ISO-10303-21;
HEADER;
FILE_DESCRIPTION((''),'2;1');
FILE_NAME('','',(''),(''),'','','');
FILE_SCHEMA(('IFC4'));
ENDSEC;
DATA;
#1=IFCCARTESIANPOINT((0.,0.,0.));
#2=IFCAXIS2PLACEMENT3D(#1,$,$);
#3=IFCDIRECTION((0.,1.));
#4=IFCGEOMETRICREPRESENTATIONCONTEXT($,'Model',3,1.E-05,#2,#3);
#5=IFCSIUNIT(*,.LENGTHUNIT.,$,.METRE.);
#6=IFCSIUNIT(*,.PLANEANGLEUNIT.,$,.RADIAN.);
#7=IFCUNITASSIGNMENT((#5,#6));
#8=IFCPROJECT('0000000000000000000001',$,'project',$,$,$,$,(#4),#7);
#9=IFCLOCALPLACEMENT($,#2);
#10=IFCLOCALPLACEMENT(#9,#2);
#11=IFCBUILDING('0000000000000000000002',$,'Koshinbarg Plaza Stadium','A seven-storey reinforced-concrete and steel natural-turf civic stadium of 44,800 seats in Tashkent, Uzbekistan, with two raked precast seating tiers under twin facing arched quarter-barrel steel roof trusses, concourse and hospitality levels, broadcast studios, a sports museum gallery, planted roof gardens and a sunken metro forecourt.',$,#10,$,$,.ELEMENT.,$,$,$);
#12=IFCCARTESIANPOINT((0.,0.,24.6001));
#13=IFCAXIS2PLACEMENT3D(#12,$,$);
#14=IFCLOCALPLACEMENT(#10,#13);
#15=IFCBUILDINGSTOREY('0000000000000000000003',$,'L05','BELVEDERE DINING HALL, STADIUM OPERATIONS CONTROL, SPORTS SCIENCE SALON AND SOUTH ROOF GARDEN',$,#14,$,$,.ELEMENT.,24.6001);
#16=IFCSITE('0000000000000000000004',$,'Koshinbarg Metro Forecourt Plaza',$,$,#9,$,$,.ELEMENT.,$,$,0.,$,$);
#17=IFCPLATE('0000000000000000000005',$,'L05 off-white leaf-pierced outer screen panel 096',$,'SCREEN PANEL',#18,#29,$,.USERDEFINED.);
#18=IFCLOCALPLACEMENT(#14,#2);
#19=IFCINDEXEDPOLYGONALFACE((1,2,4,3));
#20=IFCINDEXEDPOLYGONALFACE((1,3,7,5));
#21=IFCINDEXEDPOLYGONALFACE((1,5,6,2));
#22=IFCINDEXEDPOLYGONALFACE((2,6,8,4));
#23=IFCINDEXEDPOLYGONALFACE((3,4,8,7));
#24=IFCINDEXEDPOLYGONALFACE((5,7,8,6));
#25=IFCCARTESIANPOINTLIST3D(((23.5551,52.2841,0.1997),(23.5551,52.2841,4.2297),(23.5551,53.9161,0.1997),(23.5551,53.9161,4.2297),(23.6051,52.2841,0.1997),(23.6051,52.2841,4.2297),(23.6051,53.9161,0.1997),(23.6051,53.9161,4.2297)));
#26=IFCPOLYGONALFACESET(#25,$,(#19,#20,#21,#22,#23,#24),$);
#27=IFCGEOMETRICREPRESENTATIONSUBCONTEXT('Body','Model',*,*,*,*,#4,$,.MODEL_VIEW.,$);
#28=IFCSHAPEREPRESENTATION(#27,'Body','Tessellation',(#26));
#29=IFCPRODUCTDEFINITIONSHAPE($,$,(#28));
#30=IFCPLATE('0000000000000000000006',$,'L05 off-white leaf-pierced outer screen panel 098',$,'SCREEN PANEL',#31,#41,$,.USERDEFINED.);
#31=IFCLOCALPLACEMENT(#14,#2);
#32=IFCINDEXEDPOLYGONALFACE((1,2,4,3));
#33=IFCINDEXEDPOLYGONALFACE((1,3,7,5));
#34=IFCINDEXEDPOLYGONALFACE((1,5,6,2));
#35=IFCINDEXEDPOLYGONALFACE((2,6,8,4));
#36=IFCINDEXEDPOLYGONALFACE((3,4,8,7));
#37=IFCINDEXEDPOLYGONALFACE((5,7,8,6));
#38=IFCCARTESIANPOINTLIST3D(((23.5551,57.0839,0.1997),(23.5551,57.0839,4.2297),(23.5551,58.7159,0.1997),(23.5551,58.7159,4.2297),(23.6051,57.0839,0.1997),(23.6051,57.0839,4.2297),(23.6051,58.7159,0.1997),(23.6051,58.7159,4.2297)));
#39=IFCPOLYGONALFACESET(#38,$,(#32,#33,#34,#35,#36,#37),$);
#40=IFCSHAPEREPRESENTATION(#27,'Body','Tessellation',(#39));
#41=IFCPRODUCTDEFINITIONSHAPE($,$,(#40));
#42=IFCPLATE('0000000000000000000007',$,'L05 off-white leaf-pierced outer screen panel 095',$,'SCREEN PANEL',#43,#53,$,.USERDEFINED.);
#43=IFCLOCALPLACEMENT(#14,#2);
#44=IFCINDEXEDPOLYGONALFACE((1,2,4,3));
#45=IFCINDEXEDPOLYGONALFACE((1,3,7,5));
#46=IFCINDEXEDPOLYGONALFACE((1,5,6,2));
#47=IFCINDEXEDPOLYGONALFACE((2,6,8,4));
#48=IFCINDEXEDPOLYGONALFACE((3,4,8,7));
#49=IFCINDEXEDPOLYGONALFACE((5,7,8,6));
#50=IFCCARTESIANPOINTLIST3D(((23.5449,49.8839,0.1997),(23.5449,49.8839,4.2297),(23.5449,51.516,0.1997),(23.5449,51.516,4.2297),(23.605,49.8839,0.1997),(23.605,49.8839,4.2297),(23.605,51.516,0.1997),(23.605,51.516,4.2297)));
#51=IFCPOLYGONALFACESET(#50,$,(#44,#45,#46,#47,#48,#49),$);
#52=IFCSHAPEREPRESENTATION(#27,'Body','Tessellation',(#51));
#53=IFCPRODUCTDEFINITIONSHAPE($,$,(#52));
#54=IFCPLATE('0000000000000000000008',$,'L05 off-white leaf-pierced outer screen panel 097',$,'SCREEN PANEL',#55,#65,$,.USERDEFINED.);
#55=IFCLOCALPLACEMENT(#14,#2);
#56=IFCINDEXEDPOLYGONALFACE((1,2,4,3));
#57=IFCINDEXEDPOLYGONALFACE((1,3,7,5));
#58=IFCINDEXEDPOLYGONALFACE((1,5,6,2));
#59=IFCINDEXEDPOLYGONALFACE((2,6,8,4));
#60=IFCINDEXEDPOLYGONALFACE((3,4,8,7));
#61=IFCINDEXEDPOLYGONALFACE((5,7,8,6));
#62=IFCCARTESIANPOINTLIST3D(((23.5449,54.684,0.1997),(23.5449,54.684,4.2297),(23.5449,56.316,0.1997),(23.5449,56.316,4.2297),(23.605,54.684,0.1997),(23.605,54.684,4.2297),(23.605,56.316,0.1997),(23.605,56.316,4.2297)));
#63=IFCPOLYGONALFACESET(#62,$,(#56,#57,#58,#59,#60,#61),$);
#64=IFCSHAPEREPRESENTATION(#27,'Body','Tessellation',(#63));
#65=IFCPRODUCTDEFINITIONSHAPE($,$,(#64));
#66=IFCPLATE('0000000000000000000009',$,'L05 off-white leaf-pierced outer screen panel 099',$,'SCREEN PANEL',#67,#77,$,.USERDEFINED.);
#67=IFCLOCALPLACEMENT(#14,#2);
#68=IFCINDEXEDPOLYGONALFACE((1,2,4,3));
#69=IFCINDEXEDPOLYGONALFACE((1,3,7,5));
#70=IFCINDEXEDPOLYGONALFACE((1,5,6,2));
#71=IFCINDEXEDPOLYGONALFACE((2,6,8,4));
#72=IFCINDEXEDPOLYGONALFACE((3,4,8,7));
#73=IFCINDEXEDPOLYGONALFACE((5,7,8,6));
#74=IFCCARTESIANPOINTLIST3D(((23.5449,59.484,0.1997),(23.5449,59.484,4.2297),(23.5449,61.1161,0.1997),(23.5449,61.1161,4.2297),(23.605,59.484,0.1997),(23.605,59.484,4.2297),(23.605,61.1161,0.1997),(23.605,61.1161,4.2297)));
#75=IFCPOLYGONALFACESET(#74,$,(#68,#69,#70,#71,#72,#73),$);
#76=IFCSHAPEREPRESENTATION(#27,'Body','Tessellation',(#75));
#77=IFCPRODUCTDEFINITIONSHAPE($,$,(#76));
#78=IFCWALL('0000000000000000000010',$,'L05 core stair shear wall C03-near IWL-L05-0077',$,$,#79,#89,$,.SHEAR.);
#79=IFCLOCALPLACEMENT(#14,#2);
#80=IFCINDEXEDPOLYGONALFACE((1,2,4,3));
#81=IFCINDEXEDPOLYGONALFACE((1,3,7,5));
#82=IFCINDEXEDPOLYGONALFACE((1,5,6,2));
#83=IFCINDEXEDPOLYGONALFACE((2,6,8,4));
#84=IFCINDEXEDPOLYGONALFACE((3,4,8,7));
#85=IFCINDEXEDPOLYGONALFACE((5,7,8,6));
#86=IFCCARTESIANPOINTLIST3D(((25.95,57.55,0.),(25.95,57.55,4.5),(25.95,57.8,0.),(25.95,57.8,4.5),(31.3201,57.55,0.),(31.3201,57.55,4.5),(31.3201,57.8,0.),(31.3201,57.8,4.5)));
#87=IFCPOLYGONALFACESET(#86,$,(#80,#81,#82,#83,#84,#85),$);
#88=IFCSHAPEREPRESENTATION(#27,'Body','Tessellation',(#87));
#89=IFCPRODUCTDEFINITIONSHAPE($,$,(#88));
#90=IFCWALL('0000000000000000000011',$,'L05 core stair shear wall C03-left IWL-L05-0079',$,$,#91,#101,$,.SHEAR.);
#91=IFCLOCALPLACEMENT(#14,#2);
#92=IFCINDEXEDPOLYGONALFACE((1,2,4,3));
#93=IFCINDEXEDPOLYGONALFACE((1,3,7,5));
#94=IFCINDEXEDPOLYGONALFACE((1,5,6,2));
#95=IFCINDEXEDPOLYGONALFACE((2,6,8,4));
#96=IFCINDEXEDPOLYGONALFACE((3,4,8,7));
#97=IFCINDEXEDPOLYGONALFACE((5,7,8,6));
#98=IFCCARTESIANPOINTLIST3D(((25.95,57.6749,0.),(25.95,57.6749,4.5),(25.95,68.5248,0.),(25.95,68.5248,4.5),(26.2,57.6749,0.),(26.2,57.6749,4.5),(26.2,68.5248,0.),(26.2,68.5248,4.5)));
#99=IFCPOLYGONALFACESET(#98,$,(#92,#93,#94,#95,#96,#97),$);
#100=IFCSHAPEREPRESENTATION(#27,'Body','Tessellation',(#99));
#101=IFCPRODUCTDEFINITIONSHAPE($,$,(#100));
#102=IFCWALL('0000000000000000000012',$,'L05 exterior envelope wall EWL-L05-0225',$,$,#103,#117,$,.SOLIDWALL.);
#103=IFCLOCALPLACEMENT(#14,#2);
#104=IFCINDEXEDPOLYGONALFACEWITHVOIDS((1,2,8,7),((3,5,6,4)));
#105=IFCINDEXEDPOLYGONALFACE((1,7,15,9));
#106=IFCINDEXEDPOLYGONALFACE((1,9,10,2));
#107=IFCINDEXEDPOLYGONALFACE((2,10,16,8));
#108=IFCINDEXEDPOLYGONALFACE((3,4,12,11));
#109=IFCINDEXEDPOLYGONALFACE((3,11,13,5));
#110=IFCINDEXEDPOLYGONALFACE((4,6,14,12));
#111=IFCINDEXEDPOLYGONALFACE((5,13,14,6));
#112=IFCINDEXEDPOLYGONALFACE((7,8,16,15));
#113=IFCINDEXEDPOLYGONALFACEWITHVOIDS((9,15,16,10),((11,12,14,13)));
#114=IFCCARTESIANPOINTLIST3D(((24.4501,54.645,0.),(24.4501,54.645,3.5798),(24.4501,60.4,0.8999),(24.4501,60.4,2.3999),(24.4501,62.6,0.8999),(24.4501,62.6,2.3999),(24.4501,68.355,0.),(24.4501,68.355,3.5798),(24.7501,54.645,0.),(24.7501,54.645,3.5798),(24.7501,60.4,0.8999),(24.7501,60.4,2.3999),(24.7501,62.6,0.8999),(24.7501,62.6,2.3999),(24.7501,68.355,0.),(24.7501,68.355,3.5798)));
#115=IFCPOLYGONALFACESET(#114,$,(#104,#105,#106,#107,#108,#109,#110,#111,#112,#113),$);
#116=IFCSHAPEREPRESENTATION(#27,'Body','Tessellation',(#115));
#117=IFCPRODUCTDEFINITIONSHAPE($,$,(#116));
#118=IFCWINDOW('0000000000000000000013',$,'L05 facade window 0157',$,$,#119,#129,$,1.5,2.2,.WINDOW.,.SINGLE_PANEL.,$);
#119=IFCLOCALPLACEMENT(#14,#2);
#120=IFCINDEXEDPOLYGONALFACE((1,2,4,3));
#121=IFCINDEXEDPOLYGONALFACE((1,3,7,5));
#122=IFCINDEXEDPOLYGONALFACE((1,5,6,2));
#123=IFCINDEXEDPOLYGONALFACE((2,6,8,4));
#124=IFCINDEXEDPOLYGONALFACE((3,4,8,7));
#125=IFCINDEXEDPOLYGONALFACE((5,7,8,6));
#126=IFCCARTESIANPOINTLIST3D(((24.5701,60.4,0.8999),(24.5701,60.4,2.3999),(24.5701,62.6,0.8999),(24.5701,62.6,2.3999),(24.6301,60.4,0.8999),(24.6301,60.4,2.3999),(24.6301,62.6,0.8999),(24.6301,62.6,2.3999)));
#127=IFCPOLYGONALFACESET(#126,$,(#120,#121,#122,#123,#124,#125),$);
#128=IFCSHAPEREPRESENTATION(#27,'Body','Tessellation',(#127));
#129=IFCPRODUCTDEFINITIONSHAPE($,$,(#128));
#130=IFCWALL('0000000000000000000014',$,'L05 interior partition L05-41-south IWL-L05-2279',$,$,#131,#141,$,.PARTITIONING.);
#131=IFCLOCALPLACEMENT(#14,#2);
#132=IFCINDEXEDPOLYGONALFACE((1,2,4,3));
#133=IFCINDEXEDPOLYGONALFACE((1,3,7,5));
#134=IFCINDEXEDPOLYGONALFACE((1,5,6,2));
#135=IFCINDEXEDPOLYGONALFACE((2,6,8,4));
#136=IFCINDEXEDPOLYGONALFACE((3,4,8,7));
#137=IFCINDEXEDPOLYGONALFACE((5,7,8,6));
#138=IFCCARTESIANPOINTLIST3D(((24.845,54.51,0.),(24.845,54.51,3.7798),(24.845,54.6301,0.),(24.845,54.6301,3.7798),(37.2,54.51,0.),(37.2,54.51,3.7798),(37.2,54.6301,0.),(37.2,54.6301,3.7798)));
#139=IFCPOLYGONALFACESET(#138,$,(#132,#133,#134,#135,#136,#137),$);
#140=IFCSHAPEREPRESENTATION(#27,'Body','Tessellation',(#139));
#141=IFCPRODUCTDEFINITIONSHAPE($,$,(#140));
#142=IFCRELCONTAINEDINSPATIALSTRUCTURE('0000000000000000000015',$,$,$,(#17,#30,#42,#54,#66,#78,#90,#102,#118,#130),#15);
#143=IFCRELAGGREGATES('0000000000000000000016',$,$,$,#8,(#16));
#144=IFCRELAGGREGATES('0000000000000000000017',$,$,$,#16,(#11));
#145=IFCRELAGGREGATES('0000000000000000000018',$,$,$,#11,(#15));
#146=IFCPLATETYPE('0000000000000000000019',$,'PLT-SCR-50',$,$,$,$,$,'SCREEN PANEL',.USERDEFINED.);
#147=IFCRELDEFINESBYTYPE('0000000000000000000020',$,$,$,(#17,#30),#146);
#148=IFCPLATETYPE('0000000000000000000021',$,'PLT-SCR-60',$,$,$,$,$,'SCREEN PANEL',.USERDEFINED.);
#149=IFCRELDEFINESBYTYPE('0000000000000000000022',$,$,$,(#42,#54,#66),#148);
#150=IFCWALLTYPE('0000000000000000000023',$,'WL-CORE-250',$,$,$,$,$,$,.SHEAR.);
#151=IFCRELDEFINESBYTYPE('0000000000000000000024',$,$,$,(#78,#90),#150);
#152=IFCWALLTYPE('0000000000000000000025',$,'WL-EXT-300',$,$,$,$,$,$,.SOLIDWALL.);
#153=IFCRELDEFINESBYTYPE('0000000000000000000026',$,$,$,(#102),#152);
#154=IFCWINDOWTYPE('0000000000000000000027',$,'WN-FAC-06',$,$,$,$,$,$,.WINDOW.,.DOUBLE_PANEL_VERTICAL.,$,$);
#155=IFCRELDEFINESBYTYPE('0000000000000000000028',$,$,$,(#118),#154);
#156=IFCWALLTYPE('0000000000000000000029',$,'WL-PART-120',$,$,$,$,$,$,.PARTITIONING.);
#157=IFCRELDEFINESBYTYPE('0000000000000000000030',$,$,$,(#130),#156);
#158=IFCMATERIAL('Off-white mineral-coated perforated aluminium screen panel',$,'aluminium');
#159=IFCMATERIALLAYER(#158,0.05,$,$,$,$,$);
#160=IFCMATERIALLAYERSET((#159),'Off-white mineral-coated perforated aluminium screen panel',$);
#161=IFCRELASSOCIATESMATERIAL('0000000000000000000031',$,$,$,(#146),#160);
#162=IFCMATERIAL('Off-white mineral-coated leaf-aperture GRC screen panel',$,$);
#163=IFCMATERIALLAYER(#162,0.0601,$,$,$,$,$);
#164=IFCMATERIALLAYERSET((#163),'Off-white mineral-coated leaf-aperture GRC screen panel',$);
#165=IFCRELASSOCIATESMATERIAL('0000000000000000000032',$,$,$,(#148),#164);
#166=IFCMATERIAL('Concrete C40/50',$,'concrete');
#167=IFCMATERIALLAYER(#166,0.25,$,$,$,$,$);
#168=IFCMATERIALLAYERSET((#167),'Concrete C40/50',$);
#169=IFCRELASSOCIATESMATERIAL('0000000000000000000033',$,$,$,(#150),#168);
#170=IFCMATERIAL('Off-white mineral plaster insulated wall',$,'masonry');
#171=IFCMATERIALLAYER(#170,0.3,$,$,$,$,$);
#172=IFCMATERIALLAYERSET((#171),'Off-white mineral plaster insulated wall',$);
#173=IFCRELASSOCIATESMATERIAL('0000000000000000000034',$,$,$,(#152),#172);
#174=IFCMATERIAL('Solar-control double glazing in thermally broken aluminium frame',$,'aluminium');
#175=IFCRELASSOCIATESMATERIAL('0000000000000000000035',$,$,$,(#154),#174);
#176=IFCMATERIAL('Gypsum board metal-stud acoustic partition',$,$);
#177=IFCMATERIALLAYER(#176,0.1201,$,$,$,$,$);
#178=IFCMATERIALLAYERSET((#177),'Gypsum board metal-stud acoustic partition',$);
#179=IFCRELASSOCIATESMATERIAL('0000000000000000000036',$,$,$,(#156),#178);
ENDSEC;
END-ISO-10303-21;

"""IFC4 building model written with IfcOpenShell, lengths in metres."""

from ifc_helpers import new_model, si_unit, direction, frame, frame_2d, origin, origin_2d, place, context, subcontext, project, spatial, rectangle, extrude, material, layer, layer_set, type_object, element, fill, save


model = new_model("IFC4")

# Units and contexts
model_context = context("Model", 3, precision=1e-05, world=origin(), true_north=direction((0.0, 1.0)))
body_context = subcontext(model_context, "Body", "Model", "MODEL_VIEW")
ifc_project = project(units=[si_unit("LENGTHUNIT", "METRE"), si_unit("PLANEANGLEUNIT", "RADIAN")], contexts=[model_context])

# Site, building, storey
site_placement = place(None, origin())
site = spatial("IfcSite", under=ifc_project, at=site_placement, Name="Koshinbarg Metro Forecourt Plaza", CompositionType="ELEMENT", RefElevation=0.0)
building_placement = place(site_placement, origin())
building = spatial("IfcBuilding", under=site, at=building_placement, Name="Koshinbarg Plaza Stadium", Description="A seven-storey reinforced-concrete and steel natural-turf civic stadium of 44,800 seats in Tashkent, Uzbekistan, with two raked precast seating tiers under twin facing arched quarter-barrel steel roof trusses, concourse and hospitality levels, broadcast studios, a sports museum gallery, planted roof gardens and a sunken metro forecourt.", CompositionType="ELEMENT")
storey_placement = place(building_placement, frame((0.0, 0.0, 24.6001)))
storey = spatial("IfcBuildingStorey", under=building, at=storey_placement, Name="L05", Description="BELVEDERE DINING HALL, STADIUM OPERATIONS CONTROL, SPORTS SCIENCE SALON AND SOUTH ROOF GARDEN", CompositionType="ELEMENT", Elevation=24.6001)

# Shared definitions
ifc_material_1 = material(Name="Concrete C40/50", Category="concrete")

# Plates
ifc_material_2 = material(Name="Off-white mineral-coated perforated aluminium screen panel", Category="aluminium")
ifc_layer_1 = layer(ifc_material_2, 0.05)
ifc_layer_set_1 = layer_set([ifc_layer_1], Name="Off-white mineral-coated perforated aluminium screen panel")
plate_type_1 = type_object("IfcPlateType", Name="PLT-SCR-50", ElementType="SCREEN PANEL", PredefinedType="USERDEFINED", material=ifc_layer_set_1)
for number, where, z_axis, x_axis, name in (
    (1, (23.5801, 53.1001, 0.1997), (0.0, 0.0, 1.0), (1.0, 0.0, 0.0), "L05 off-white leaf-pierced outer screen panel 096"),
    (2, (23.5801, 57.8999, 0.1997), (0.0, 0.0, 1.0), (1.0, 0.0, 0.0), "L05 off-white leaf-pierced outer screen panel 098"),
):
    element("IfcPlate", number, at=place(storey_placement, frame(where, z_axis=z_axis, x_axis=x_axis)), inside=storey, type_object=plate_type_1, Name=name, ObjectType="SCREEN PANEL", PredefinedType="USERDEFINED", context=body_context, shape_type="SweptSolid", body=[
        extrude(rectangle(XDim=0.05, YDim=1.6321, at=origin_2d()), origin(), (0.0, 0.0, 1.0), 4.03),
    ])
ifc_material_3 = material(Name="Off-white mineral-coated leaf-aperture GRC screen panel")
ifc_layer_2 = layer(ifc_material_3, 0.0601)
ifc_layer_set_2 = layer_set([ifc_layer_2], Name="Off-white mineral-coated leaf-aperture GRC screen panel")
plate_type_2 = type_object("IfcPlateType", Name="PLT-SCR-60", ElementType="SCREEN PANEL", PredefinedType="USERDEFINED", material=ifc_layer_set_2)
for number, where, z_axis, x_axis, name in (
    (3, (23.575, 50.7, 0.1997), (0.0, 0.0, 1.0), (1.0, 0.0, 0.0), "L05 off-white leaf-pierced outer screen panel 095"),
    (4, (23.575, 55.5, 0.1997), (0.0, 0.0, 1.0), (1.0, 0.0, 0.0), "L05 off-white leaf-pierced outer screen panel 097"),
    (5, (23.575, 60.3, 0.1997), (0.0, 0.0, 1.0), (1.0, 0.0, 0.0), "L05 off-white leaf-pierced outer screen panel 099"),
):
    element("IfcPlate", number, at=place(storey_placement, frame(where, z_axis=z_axis, x_axis=x_axis)), inside=storey, type_object=plate_type_2, Name=name, ObjectType="SCREEN PANEL", PredefinedType="USERDEFINED", context=body_context, shape_type="SweptSolid", body=[
        extrude(rectangle(XDim=0.0601, YDim=1.6321, at=origin_2d()), origin(), (0.0, 0.0, 1.0), 4.03),
    ])

# Walls
ifc_layer_3 = layer(ifc_material_1, 0.25)
ifc_layer_set_3 = layer_set([ifc_layer_3], Name="Concrete C40/50")
wall_type_1 = type_object("IfcWallType", Name="WL-CORE-250", PredefinedType="SHEAR", material=ifc_layer_set_3)
wall_1_placement = place(storey_placement, frame((25.95, 57.675, 0.0), z_axis=(0.0, 0.0, 1.0), x_axis=(1.0, 0.0, 0.0)))
element("IfcWall", 6, at=wall_1_placement, inside=storey, type_object=wall_type_1, Name="L05 core stair shear wall C03-near IWL-L05-0077", PredefinedType="SHEAR", context=body_context, shape_type="SweptSolid", body=[
    extrude(rectangle(XDim=5.3701, YDim=0.25, at=frame_2d((2.6851, 0.0))), origin(), (0.0, 0.0, 1.0), 4.5),
])
wall_2_placement = place(storey_placement, frame((26.075, 57.675, 0.0), z_axis=(0.0, 0.0, 1.0), x_axis=(0.0, 1.0, 0.0)))
element("IfcWall", 7, at=wall_2_placement, inside=storey, type_object=wall_type_1, Name="L05 core stair shear wall C03-left IWL-L05-0079", PredefinedType="SHEAR", context=body_context, shape_type="SweptSolid", body=[
    extrude(rectangle(XDim=10.8499, YDim=0.25, at=frame_2d((5.4248, 0.0))), origin(), (0.0, 0.0, 1.0), 4.5),
])

# Wall, opening, window
ifc_material_4 = material(Name="Off-white mineral plaster insulated wall", Category="masonry")
ifc_layer_4 = layer(ifc_material_4, 0.3)
ifc_layer_set_4 = layer_set([ifc_layer_4], Name="Off-white mineral plaster insulated wall")
wall_type_2 = type_object("IfcWallType", Name="WL-EXT-300", PredefinedType="SOLIDWALL", material=ifc_layer_set_4)
wall_3_placement = place(storey_placement, frame((24.6001, 54.645, 0.0), z_axis=(0.0, 0.0, 1.0), x_axis=(0.0, 1.0, 0.0)))
wall_3 = element("IfcWall", 8, at=wall_3_placement, inside=storey, type_object=wall_type_2, Name="L05 exterior envelope wall EWL-L05-0225", PredefinedType="SOLIDWALL", context=body_context, shape_type="SweptSolid", body=[
    extrude(rectangle(XDim=13.71, YDim=0.3, at=frame_2d((6.855, 0.0))), origin(), (0.0, 0.0, 1.0), 3.5798),
])
opening_placement = place(wall_3_placement, frame((5.7549, 0.0, 0.8999)))
opening = element("IfcOpeningElement", 9, at=opening_placement, cuts=wall_3, PredefinedType="OPENING", context=body_context, shape_type="SweptSolid", body=[
    extrude(rectangle(XDim=2.2, YDim=1.5, at=frame_2d((1.1001, 0.75))), frame((0.0, 0.1599, 0.0), z_axis=(0.0, -1.0, 0.0), x_axis=(1.0, 0.0, 0.0)), (0.0, 0.0, 1.0), 0.3201),
])
ifc_material_5 = material(Name="Solar-control double glazing in thermally broken aluminium frame", Category="aluminium")
window_type = type_object("IfcWindowType", Name="WN-FAC-06", PartitioningType="DOUBLE_PANEL_VERTICAL", PredefinedType="WINDOW", material=ifc_material_5)
window_placement = place(opening_placement, origin())
window = element("IfcWindow", 10, at=window_placement, inside=storey, type_object=window_type, Name="L05 facade window 0157", OverallHeight=1.5, OverallWidth=2.2, PartitioningType="SINGLE_PANEL", PredefinedType="WINDOW", context=body_context, shape_type="SweptSolid", body=[
    extrude(rectangle(XDim=2.2, YDim=1.5, at=frame_2d((1.1001, 0.75))), frame((0.0, 0.03, 0.0), z_axis=(0.0, -1.0, 0.0), x_axis=(1.0, 0.0, 0.0)), (0.0, 0.0, 1.0), 0.0601),
])
fill(opening, window)

# Wall
ifc_material_6 = material(Name="Gypsum board metal-stud acoustic partition")
ifc_layer_5 = layer(ifc_material_6, 0.1201)
ifc_layer_set_5 = layer_set([ifc_layer_5], Name="Gypsum board metal-stud acoustic partition")
wall_type_3 = type_object("IfcWallType", Name="WL-PART-120", PredefinedType="PARTITIONING", material=ifc_layer_set_5)
wall_4_placement = place(storey_placement, frame((24.845, 54.5701, 0.0), z_axis=(0.0, 0.0, 1.0), x_axis=(1.0, 0.0, 0.0)))
element("IfcWall", 11, at=wall_4_placement, inside=storey, type_object=wall_type_3, Name="L05 interior partition L05-41-south IWL-L05-2279", PredefinedType="PARTITIONING", context=body_context, shape_type="SweptSolid", body=[
    extrude(rectangle(XDim=12.355, YDim=0.1201, at=frame_2d((6.1775, 0.0))), origin(), (0.0, 0.0, 1.0), 3.7798),
])

save(model, "model.ifc")
